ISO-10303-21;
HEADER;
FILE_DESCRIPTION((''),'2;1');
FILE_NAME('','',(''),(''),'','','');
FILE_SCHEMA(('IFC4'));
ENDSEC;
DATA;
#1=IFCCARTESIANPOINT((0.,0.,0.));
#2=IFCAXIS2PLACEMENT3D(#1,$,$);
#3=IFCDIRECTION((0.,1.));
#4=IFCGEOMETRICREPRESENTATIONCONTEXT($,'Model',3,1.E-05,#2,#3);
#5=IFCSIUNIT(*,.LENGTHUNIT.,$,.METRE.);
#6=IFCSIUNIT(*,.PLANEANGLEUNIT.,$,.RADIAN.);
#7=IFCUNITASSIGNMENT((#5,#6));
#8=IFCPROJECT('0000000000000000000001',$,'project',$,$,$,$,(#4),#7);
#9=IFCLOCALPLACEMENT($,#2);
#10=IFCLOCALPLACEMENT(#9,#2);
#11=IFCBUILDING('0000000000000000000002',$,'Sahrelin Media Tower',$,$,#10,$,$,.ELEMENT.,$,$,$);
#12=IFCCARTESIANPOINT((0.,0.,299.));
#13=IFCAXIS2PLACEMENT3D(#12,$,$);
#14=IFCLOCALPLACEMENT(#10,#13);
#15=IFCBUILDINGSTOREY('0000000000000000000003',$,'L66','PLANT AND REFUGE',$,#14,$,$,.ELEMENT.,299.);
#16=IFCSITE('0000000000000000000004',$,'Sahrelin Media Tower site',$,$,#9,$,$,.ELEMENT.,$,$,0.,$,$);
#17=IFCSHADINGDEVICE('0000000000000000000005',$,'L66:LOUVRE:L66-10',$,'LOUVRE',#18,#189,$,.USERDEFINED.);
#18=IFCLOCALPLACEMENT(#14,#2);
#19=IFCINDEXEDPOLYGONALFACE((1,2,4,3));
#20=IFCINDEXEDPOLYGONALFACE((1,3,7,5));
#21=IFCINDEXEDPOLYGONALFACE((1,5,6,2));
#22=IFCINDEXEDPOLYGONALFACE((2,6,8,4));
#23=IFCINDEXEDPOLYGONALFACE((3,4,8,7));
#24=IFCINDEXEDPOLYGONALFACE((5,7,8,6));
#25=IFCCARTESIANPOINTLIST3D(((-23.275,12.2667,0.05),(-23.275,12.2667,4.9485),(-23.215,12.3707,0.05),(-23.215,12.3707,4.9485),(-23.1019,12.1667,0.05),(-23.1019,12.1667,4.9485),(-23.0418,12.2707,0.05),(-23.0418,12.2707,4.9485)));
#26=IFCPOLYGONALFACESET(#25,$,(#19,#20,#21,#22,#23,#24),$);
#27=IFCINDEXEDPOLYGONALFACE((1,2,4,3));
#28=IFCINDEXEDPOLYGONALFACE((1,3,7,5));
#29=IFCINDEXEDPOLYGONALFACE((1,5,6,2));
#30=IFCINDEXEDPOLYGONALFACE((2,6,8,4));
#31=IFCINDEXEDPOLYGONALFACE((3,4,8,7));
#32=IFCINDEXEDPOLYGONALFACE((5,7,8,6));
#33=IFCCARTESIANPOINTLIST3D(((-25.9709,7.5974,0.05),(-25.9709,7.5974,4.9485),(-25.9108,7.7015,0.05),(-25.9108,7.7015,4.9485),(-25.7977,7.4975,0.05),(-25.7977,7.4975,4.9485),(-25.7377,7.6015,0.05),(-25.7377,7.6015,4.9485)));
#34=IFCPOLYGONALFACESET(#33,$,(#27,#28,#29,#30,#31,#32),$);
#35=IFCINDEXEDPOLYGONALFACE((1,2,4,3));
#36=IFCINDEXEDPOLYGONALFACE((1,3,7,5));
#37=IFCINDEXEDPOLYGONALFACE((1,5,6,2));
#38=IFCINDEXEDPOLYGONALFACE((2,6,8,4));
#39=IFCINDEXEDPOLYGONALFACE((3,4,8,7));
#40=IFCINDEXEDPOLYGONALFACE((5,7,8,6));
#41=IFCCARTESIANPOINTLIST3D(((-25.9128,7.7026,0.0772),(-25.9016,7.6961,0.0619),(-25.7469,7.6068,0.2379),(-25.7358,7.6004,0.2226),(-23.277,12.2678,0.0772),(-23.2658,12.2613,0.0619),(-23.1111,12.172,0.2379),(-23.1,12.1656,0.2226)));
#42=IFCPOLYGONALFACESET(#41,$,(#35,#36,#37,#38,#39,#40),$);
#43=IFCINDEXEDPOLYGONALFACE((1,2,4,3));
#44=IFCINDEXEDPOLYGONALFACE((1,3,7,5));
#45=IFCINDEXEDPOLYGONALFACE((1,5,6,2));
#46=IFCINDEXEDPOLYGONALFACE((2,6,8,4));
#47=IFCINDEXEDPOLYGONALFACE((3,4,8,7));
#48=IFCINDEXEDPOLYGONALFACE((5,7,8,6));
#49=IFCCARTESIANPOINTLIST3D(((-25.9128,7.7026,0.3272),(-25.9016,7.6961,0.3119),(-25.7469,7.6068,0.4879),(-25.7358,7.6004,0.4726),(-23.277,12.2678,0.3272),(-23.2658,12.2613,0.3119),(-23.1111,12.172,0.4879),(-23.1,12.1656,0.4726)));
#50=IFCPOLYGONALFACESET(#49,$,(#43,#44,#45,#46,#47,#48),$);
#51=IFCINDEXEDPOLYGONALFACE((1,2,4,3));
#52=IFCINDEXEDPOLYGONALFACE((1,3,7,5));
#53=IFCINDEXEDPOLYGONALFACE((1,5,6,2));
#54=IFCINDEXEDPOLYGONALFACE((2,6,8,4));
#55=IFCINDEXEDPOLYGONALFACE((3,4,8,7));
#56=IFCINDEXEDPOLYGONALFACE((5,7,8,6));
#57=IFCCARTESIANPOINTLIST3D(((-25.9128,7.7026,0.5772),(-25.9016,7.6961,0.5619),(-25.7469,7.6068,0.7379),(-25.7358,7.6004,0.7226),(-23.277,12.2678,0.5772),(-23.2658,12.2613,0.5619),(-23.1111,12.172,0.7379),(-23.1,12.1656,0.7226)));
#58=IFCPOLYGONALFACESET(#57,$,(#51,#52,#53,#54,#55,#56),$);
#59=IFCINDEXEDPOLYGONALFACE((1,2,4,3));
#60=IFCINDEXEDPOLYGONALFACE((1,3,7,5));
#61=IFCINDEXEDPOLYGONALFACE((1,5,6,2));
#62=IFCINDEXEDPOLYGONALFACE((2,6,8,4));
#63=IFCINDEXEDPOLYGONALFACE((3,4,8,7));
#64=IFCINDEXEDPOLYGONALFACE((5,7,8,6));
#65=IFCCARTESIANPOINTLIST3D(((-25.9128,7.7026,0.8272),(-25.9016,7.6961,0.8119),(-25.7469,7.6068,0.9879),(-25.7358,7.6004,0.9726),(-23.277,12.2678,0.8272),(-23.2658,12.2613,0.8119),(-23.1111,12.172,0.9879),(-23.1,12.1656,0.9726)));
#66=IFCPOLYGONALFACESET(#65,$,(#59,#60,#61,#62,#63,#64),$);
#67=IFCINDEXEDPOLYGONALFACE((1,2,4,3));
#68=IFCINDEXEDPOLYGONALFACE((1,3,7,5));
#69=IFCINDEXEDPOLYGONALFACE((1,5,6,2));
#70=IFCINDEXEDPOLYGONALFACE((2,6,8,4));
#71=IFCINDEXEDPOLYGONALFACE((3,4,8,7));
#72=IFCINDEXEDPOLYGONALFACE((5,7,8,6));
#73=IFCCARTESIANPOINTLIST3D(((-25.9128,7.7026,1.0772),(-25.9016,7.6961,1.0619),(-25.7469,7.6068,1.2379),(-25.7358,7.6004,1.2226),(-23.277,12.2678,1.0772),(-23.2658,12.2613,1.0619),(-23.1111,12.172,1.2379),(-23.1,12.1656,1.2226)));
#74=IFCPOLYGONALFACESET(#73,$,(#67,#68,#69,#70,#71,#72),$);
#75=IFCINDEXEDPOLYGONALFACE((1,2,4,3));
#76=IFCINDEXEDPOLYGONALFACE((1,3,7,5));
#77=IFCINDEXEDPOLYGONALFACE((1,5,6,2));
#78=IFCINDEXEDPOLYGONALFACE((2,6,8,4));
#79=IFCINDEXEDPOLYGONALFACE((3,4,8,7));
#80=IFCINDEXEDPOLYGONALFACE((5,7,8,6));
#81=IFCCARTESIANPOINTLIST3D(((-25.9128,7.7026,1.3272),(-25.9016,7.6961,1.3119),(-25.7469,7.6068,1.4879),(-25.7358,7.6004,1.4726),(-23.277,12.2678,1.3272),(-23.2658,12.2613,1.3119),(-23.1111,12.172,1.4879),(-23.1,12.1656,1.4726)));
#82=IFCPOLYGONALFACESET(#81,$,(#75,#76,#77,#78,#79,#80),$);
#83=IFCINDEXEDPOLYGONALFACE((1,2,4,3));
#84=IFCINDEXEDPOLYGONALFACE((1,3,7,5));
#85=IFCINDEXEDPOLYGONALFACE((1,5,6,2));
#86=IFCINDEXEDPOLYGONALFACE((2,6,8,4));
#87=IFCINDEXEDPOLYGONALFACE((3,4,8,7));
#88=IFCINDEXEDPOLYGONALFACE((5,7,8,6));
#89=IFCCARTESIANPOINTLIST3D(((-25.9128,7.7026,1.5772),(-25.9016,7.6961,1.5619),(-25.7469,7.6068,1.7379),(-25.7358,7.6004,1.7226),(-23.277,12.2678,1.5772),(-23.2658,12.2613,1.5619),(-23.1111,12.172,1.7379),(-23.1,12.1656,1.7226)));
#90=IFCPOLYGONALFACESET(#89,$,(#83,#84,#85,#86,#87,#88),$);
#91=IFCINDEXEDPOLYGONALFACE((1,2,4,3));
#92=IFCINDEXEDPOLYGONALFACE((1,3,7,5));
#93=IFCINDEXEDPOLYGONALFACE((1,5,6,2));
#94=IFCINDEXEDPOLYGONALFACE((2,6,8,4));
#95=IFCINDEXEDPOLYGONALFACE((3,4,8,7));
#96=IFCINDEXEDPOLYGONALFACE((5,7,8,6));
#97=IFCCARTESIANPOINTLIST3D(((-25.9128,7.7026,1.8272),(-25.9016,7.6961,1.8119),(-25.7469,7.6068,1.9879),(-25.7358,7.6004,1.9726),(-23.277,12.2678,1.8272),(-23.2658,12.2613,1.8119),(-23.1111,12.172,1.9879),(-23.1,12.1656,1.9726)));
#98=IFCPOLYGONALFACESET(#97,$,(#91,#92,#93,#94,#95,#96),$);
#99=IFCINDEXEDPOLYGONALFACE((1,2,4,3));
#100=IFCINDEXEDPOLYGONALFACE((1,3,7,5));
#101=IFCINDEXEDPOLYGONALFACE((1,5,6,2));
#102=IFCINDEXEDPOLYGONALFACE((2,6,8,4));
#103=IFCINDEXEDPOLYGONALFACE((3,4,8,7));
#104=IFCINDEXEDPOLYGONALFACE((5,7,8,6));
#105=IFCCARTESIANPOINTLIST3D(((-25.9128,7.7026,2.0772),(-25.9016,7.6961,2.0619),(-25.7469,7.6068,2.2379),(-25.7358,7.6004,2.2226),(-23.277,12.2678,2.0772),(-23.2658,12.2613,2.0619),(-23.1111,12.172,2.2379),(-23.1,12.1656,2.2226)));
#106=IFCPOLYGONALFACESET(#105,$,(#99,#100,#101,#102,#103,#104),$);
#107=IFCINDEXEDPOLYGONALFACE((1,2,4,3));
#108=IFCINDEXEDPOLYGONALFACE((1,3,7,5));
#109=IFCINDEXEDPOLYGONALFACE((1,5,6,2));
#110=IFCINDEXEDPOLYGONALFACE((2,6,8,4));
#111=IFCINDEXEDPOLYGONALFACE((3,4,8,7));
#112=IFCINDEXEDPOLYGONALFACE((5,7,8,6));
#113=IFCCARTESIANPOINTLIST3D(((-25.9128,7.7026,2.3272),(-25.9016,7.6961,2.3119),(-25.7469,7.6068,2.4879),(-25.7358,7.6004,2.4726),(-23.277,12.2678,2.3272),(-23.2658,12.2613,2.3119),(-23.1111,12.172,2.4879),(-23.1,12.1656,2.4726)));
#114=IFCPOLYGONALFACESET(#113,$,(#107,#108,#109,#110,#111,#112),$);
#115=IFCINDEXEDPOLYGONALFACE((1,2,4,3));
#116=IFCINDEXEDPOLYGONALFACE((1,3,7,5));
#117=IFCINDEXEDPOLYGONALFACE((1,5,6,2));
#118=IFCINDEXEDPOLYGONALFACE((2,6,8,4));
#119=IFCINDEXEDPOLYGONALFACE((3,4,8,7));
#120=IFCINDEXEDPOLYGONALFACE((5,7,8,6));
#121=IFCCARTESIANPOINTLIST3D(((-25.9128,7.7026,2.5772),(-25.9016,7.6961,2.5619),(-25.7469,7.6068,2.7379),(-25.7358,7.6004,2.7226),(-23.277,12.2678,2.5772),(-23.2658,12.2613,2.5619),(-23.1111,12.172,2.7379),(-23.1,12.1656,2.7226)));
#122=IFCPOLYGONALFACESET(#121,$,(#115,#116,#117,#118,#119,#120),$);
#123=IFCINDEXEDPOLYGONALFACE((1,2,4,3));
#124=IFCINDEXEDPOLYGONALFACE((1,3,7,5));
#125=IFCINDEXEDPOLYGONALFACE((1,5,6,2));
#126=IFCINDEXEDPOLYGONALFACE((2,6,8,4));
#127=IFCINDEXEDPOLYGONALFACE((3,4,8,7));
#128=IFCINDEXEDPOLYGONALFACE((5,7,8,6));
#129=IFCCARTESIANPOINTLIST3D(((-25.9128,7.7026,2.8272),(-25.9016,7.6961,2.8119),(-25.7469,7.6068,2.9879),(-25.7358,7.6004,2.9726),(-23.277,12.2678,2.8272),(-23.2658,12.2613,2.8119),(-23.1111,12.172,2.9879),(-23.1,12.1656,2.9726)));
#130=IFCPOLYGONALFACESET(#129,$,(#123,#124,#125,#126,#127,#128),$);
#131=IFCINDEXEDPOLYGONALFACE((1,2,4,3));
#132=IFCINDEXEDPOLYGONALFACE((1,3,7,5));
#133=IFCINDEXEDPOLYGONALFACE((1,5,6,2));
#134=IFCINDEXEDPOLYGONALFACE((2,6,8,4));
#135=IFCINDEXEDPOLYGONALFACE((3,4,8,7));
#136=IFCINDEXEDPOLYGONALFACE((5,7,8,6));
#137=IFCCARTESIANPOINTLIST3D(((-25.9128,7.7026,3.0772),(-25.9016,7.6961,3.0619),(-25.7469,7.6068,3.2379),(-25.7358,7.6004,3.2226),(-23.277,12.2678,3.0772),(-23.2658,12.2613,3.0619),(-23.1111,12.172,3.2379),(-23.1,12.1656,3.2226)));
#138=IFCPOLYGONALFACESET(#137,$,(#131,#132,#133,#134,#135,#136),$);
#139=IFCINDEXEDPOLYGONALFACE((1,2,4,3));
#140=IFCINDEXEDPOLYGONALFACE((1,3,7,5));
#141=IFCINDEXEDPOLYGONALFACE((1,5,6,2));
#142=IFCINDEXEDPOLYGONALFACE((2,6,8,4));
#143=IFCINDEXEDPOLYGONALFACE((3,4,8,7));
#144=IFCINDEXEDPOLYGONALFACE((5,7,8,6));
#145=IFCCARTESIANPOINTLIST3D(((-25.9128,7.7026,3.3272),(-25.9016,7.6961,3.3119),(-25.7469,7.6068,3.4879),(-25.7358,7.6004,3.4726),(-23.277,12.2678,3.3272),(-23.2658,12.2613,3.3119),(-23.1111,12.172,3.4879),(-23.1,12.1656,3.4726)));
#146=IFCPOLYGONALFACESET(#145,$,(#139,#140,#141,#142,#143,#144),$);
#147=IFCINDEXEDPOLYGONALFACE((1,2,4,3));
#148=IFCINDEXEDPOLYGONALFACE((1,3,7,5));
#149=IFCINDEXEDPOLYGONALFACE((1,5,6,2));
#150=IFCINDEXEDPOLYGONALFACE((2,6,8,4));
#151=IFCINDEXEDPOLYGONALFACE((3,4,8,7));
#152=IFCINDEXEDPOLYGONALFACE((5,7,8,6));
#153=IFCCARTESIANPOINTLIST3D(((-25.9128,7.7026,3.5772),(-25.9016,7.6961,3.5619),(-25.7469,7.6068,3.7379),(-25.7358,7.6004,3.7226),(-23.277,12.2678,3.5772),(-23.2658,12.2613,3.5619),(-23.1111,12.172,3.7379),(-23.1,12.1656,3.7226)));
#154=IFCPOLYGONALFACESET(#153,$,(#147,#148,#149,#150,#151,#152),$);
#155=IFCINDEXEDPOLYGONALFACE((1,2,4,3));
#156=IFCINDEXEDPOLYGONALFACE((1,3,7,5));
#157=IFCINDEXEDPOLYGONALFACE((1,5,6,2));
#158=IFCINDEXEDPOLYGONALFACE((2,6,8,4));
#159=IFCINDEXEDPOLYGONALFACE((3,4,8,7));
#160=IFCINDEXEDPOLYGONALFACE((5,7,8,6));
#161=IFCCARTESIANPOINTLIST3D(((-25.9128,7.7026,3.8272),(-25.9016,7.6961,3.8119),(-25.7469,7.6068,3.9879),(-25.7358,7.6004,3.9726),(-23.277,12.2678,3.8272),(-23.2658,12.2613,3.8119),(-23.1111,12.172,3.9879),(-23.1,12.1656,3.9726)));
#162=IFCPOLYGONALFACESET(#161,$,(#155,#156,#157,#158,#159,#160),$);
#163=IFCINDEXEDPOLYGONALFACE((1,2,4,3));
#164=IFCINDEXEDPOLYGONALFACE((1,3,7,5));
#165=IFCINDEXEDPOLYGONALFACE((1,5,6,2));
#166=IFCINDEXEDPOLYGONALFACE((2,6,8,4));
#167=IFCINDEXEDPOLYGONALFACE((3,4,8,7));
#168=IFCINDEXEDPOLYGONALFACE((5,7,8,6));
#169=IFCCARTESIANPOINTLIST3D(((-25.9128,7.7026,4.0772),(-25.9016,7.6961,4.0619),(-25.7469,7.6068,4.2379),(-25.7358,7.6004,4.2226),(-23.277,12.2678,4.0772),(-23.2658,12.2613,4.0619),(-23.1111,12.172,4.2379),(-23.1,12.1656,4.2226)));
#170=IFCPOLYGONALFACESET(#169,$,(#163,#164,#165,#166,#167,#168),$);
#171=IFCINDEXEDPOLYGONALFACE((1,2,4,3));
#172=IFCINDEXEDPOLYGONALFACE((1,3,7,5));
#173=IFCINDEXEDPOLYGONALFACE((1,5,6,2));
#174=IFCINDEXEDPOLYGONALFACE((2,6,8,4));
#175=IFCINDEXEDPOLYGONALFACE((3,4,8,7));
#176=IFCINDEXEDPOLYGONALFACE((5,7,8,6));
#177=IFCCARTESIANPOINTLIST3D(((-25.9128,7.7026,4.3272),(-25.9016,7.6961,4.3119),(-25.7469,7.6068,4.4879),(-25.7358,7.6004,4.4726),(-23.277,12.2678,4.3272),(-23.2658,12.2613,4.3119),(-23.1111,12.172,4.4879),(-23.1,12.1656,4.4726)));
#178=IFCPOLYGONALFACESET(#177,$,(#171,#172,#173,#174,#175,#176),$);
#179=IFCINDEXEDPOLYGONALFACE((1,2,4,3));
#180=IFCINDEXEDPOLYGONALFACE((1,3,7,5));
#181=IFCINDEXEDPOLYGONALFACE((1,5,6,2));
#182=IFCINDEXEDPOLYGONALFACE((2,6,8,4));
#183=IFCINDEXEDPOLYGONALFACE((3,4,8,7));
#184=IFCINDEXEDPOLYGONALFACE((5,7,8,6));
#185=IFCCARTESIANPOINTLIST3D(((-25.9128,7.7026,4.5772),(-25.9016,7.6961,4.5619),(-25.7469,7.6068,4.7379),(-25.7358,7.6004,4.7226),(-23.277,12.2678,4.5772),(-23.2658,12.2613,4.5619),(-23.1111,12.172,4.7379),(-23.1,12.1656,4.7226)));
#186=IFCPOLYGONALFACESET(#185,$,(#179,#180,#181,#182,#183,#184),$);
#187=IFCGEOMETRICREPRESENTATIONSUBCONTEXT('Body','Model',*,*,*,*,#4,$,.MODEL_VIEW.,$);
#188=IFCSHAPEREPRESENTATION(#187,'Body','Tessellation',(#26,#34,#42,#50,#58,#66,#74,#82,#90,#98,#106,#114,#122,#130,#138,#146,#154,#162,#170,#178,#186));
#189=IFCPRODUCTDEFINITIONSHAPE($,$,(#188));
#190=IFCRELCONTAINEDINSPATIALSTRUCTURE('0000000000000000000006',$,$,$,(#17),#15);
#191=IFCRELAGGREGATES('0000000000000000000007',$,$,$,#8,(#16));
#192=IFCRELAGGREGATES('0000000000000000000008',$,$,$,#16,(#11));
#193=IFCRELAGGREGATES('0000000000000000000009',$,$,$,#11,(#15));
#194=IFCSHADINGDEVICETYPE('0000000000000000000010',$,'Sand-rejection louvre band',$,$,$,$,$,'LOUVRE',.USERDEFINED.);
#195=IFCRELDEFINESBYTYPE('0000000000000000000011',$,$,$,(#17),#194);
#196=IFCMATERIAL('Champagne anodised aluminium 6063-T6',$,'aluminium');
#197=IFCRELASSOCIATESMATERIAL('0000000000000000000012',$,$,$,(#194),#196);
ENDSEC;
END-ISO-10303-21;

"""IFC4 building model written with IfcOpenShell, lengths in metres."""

from ifc_helpers import new_model, si_unit, direction, frame, origin, origin_2d, place, context, subcontext, project, spatial, rectangle, extrude, material, type_object, element, save


model = new_model("IFC4")

# Units and contexts
model_context = context("Model", 3, precision=1e-05, world=origin(), true_north=direction((0.0, 1.0)))
body_context = subcontext(model_context, "Body", "Model", "MODEL_VIEW")
ifc_project = project(units=[si_unit("LENGTHUNIT", "METRE"), si_unit("PLANEANGLEUNIT", "RADIAN")], contexts=[model_context])

# Site, building, storey
site_placement = place(None, origin())
site = spatial("IfcSite", under=ifc_project, at=site_placement, Name="Sahrelin Media Tower site", CompositionType="ELEMENT", RefElevation=0.0)
building_placement = place(site_placement, origin())
building = spatial("IfcBuilding", under=site, at=building_placement, Name="Sahrelin Media Tower", CompositionType="ELEMENT")
storey_placement = place(building_placement, frame((0.0, 0.0, 299.0)))
storey = spatial("IfcBuildingStorey", under=building, at=storey_placement, Name="L66", Description="PLANT AND REFUGE", CompositionType="ELEMENT", Elevation=299.0)

# Shading device
ifc_material_1 = material(Name="Champagne anodised aluminium 6063-T6", Category="aluminium")
shading_device_type = type_object("IfcShadingDeviceType", Name="Sand-rejection louvre band", ElementType="LOUVRE", PredefinedType="USERDEFINED", material=ifc_material_1)
shading_device_1_placement = place(storey_placement, frame((-24.4197, 9.884, 0.0), z_axis=(0.0, 0.0, 1.0), x_axis=(0.500011, 0.866019, 0.0)))
element("IfcShadingDevice", 1, at=shading_device_1_placement, inside=storey, type_object=shading_device_type, Name="L66:LOUVRE:L66-10", ObjectType="LOUVRE", PredefinedType="USERDEFINED", context=body_context, shape_type="SweptSolid", body=[
    extrude(rectangle(XDim=0.1201, YDim=0.2, at=origin_2d()), frame((2.6958, 0.1001, 0.05), z_axis=(0.0, 0.0, 1.0), x_axis=(1.0, 0.0, 0.0)), (0.0, 0.0, 1.0), 4.8984),
    extrude(rectangle(XDim=0.1201, YDim=0.2, at=origin_2d()), frame((-2.6958, 0.1001, 0.05), z_axis=(0.0, 0.0, 1.0), x_axis=(1.0, 0.0, 0.0)), (0.0, 0.0, 1.0), 4.8984),
    extrude(rectangle(XDim=0.25, YDim=0.02, at=origin_2d()), frame((2.6357, 0.1001, 0.1499), z_axis=(-1.0, 0.0, 0.0), x_axis=(0.0, -0.766044, 0.642788)), (0.0, 0.0, 1.0), 5.2715),
    extrude(rectangle(XDim=0.25, YDim=0.02, at=origin_2d()), frame((2.6357, 0.1001, 0.3999), z_axis=(-1.0, 0.0, 0.0), x_axis=(0.0, -0.766044, 0.642788)), (0.0, 0.0, 1.0), 5.2715),
    extrude(rectangle(XDim=0.25, YDim=0.02, at=origin_2d()), frame((2.6357, 0.1001, 0.6499), z_axis=(-1.0, 0.0, 0.0), x_axis=(0.0, -0.766044, 0.642788)), (0.0, 0.0, 1.0), 5.2715),
    extrude(rectangle(XDim=0.25, YDim=0.02, at=origin_2d()), frame((2.6357, 0.1001, 0.8999), z_axis=(-1.0, 0.0, 0.0), x_axis=(0.0, -0.766044, 0.642788)), (0.0, 0.0, 1.0), 5.2715),
    extrude(rectangle(XDim=0.25, YDim=0.02, at=origin_2d()), frame((2.6357, 0.1001, 1.1499), z_axis=(-1.0, 0.0, 0.0), x_axis=(0.0, -0.766044, 0.642788)), (0.0, 0.0, 1.0), 5.2715),
    extrude(rectangle(XDim=0.25, YDim=0.02, at=origin_2d()), frame((2.6357, 0.1001, 1.3999), z_axis=(-1.0, 0.0, 0.0), x_axis=(0.0, -0.766044, 0.642788)), (0.0, 0.0, 1.0), 5.2715),
    extrude(rectangle(XDim=0.25, YDim=0.02, at=origin_2d()), frame((2.6357, 0.1001, 1.6499), z_axis=(-1.0, 0.0, 0.0), x_axis=(0.0, -0.766044, 0.642788)), (0.0, 0.0, 1.0), 5.2715),
    extrude(rectangle(XDim=0.25, YDim=0.02, at=origin_2d()), frame((2.6357, 0.1001, 1.8999), z_axis=(-1.0, 0.0, 0.0), x_axis=(0.0, -0.766044, 0.642788)), (0.0, 0.0, 1.0), 5.2715),
    extrude(rectangle(XDim=0.25, YDim=0.02, at=origin_2d()), frame((2.6357, 0.1001, 2.1499), z_axis=(-1.0, 0.0, 0.0), x_axis=(0.0, -0.766044, 0.642788)), (0.0, 0.0, 1.0), 5.2715),
    extrude(rectangle(XDim=0.25, YDim=0.02, at=origin_2d()), frame((2.6357, 0.1001, 2.3999), z_axis=(-1.0, 0.0, 0.0), x_axis=(0.0, -0.766044, 0.642788)), (0.0, 0.0, 1.0), 5.2715),
    extrude(rectangle(XDim=0.25, YDim=0.02, at=origin_2d()), frame((2.6357, 0.1001, 2.6499), z_axis=(-1.0, 0.0, 0.0), x_axis=(0.0, -0.766044, 0.642788)), (0.0, 0.0, 1.0), 5.2715),
    extrude(rectangle(XDim=0.25, YDim=0.02, at=origin_2d()), frame((2.6357, 0.1001, 2.8999), z_axis=(-1.0, 0.0, 0.0), x_axis=(0.0, -0.766044, 0.642788)), (0.0, 0.0, 1.0), 5.2715),
    extrude(rectangle(XDim=0.25, YDim=0.02, at=origin_2d()), frame((2.6357, 0.1001, 3.1499), z_axis=(-1.0, 0.0, 0.0), x_axis=(0.0, -0.766044, 0.642788)), (0.0, 0.0, 1.0), 5.2715),
    extrude(rectangle(XDim=0.25, YDim=0.02, at=origin_2d()), frame((2.6357, 0.1001, 3.3999), z_axis=(-1.0, 0.0, 0.0), x_axis=(0.0, -0.766044, 0.642788)), (0.0, 0.0, 1.0), 5.2715),
    extrude(rectangle(XDim=0.25, YDim=0.02, at=origin_2d()), frame((2.6357, 0.1001, 3.6499), z_axis=(-1.0, 0.0, 0.0), x_axis=(0.0, -0.766044, 0.642788)), (0.0, 0.0, 1.0), 5.2715),
    extrude(rectangle(XDim=0.25, YDim=0.02, at=origin_2d()), frame((2.6357, 0.1001, 3.8999), z_axis=(-1.0, 0.0, 0.0), x_axis=(0.0, -0.766044, 0.642788)), (0.0, 0.0, 1.0), 5.2715),
    extrude(rectangle(XDim=0.25, YDim=0.02, at=origin_2d()), frame((2.6357, 0.1001, 4.1499), z_axis=(-1.0, 0.0, 0.0), x_axis=(0.0, -0.766044, 0.642788)), (0.0, 0.0, 1.0), 5.2715),
    extrude(rectangle(XDim=0.25, YDim=0.02, at=origin_2d()), frame((2.6357, 0.1001, 4.3999), z_axis=(-1.0, 0.0, 0.0), x_axis=(0.0, -0.766044, 0.642788)), (0.0, 0.0, 1.0), 5.2715),
    extrude(rectangle(XDim=0.25, YDim=0.02, at=origin_2d()), frame((2.6357, 0.1001, 4.6499), z_axis=(-1.0, 0.0, 0.0), x_axis=(0.0, -0.766044, 0.642788)), (0.0, 0.0, 1.0), 5.2715),
])

save(model, "model.ifc")
